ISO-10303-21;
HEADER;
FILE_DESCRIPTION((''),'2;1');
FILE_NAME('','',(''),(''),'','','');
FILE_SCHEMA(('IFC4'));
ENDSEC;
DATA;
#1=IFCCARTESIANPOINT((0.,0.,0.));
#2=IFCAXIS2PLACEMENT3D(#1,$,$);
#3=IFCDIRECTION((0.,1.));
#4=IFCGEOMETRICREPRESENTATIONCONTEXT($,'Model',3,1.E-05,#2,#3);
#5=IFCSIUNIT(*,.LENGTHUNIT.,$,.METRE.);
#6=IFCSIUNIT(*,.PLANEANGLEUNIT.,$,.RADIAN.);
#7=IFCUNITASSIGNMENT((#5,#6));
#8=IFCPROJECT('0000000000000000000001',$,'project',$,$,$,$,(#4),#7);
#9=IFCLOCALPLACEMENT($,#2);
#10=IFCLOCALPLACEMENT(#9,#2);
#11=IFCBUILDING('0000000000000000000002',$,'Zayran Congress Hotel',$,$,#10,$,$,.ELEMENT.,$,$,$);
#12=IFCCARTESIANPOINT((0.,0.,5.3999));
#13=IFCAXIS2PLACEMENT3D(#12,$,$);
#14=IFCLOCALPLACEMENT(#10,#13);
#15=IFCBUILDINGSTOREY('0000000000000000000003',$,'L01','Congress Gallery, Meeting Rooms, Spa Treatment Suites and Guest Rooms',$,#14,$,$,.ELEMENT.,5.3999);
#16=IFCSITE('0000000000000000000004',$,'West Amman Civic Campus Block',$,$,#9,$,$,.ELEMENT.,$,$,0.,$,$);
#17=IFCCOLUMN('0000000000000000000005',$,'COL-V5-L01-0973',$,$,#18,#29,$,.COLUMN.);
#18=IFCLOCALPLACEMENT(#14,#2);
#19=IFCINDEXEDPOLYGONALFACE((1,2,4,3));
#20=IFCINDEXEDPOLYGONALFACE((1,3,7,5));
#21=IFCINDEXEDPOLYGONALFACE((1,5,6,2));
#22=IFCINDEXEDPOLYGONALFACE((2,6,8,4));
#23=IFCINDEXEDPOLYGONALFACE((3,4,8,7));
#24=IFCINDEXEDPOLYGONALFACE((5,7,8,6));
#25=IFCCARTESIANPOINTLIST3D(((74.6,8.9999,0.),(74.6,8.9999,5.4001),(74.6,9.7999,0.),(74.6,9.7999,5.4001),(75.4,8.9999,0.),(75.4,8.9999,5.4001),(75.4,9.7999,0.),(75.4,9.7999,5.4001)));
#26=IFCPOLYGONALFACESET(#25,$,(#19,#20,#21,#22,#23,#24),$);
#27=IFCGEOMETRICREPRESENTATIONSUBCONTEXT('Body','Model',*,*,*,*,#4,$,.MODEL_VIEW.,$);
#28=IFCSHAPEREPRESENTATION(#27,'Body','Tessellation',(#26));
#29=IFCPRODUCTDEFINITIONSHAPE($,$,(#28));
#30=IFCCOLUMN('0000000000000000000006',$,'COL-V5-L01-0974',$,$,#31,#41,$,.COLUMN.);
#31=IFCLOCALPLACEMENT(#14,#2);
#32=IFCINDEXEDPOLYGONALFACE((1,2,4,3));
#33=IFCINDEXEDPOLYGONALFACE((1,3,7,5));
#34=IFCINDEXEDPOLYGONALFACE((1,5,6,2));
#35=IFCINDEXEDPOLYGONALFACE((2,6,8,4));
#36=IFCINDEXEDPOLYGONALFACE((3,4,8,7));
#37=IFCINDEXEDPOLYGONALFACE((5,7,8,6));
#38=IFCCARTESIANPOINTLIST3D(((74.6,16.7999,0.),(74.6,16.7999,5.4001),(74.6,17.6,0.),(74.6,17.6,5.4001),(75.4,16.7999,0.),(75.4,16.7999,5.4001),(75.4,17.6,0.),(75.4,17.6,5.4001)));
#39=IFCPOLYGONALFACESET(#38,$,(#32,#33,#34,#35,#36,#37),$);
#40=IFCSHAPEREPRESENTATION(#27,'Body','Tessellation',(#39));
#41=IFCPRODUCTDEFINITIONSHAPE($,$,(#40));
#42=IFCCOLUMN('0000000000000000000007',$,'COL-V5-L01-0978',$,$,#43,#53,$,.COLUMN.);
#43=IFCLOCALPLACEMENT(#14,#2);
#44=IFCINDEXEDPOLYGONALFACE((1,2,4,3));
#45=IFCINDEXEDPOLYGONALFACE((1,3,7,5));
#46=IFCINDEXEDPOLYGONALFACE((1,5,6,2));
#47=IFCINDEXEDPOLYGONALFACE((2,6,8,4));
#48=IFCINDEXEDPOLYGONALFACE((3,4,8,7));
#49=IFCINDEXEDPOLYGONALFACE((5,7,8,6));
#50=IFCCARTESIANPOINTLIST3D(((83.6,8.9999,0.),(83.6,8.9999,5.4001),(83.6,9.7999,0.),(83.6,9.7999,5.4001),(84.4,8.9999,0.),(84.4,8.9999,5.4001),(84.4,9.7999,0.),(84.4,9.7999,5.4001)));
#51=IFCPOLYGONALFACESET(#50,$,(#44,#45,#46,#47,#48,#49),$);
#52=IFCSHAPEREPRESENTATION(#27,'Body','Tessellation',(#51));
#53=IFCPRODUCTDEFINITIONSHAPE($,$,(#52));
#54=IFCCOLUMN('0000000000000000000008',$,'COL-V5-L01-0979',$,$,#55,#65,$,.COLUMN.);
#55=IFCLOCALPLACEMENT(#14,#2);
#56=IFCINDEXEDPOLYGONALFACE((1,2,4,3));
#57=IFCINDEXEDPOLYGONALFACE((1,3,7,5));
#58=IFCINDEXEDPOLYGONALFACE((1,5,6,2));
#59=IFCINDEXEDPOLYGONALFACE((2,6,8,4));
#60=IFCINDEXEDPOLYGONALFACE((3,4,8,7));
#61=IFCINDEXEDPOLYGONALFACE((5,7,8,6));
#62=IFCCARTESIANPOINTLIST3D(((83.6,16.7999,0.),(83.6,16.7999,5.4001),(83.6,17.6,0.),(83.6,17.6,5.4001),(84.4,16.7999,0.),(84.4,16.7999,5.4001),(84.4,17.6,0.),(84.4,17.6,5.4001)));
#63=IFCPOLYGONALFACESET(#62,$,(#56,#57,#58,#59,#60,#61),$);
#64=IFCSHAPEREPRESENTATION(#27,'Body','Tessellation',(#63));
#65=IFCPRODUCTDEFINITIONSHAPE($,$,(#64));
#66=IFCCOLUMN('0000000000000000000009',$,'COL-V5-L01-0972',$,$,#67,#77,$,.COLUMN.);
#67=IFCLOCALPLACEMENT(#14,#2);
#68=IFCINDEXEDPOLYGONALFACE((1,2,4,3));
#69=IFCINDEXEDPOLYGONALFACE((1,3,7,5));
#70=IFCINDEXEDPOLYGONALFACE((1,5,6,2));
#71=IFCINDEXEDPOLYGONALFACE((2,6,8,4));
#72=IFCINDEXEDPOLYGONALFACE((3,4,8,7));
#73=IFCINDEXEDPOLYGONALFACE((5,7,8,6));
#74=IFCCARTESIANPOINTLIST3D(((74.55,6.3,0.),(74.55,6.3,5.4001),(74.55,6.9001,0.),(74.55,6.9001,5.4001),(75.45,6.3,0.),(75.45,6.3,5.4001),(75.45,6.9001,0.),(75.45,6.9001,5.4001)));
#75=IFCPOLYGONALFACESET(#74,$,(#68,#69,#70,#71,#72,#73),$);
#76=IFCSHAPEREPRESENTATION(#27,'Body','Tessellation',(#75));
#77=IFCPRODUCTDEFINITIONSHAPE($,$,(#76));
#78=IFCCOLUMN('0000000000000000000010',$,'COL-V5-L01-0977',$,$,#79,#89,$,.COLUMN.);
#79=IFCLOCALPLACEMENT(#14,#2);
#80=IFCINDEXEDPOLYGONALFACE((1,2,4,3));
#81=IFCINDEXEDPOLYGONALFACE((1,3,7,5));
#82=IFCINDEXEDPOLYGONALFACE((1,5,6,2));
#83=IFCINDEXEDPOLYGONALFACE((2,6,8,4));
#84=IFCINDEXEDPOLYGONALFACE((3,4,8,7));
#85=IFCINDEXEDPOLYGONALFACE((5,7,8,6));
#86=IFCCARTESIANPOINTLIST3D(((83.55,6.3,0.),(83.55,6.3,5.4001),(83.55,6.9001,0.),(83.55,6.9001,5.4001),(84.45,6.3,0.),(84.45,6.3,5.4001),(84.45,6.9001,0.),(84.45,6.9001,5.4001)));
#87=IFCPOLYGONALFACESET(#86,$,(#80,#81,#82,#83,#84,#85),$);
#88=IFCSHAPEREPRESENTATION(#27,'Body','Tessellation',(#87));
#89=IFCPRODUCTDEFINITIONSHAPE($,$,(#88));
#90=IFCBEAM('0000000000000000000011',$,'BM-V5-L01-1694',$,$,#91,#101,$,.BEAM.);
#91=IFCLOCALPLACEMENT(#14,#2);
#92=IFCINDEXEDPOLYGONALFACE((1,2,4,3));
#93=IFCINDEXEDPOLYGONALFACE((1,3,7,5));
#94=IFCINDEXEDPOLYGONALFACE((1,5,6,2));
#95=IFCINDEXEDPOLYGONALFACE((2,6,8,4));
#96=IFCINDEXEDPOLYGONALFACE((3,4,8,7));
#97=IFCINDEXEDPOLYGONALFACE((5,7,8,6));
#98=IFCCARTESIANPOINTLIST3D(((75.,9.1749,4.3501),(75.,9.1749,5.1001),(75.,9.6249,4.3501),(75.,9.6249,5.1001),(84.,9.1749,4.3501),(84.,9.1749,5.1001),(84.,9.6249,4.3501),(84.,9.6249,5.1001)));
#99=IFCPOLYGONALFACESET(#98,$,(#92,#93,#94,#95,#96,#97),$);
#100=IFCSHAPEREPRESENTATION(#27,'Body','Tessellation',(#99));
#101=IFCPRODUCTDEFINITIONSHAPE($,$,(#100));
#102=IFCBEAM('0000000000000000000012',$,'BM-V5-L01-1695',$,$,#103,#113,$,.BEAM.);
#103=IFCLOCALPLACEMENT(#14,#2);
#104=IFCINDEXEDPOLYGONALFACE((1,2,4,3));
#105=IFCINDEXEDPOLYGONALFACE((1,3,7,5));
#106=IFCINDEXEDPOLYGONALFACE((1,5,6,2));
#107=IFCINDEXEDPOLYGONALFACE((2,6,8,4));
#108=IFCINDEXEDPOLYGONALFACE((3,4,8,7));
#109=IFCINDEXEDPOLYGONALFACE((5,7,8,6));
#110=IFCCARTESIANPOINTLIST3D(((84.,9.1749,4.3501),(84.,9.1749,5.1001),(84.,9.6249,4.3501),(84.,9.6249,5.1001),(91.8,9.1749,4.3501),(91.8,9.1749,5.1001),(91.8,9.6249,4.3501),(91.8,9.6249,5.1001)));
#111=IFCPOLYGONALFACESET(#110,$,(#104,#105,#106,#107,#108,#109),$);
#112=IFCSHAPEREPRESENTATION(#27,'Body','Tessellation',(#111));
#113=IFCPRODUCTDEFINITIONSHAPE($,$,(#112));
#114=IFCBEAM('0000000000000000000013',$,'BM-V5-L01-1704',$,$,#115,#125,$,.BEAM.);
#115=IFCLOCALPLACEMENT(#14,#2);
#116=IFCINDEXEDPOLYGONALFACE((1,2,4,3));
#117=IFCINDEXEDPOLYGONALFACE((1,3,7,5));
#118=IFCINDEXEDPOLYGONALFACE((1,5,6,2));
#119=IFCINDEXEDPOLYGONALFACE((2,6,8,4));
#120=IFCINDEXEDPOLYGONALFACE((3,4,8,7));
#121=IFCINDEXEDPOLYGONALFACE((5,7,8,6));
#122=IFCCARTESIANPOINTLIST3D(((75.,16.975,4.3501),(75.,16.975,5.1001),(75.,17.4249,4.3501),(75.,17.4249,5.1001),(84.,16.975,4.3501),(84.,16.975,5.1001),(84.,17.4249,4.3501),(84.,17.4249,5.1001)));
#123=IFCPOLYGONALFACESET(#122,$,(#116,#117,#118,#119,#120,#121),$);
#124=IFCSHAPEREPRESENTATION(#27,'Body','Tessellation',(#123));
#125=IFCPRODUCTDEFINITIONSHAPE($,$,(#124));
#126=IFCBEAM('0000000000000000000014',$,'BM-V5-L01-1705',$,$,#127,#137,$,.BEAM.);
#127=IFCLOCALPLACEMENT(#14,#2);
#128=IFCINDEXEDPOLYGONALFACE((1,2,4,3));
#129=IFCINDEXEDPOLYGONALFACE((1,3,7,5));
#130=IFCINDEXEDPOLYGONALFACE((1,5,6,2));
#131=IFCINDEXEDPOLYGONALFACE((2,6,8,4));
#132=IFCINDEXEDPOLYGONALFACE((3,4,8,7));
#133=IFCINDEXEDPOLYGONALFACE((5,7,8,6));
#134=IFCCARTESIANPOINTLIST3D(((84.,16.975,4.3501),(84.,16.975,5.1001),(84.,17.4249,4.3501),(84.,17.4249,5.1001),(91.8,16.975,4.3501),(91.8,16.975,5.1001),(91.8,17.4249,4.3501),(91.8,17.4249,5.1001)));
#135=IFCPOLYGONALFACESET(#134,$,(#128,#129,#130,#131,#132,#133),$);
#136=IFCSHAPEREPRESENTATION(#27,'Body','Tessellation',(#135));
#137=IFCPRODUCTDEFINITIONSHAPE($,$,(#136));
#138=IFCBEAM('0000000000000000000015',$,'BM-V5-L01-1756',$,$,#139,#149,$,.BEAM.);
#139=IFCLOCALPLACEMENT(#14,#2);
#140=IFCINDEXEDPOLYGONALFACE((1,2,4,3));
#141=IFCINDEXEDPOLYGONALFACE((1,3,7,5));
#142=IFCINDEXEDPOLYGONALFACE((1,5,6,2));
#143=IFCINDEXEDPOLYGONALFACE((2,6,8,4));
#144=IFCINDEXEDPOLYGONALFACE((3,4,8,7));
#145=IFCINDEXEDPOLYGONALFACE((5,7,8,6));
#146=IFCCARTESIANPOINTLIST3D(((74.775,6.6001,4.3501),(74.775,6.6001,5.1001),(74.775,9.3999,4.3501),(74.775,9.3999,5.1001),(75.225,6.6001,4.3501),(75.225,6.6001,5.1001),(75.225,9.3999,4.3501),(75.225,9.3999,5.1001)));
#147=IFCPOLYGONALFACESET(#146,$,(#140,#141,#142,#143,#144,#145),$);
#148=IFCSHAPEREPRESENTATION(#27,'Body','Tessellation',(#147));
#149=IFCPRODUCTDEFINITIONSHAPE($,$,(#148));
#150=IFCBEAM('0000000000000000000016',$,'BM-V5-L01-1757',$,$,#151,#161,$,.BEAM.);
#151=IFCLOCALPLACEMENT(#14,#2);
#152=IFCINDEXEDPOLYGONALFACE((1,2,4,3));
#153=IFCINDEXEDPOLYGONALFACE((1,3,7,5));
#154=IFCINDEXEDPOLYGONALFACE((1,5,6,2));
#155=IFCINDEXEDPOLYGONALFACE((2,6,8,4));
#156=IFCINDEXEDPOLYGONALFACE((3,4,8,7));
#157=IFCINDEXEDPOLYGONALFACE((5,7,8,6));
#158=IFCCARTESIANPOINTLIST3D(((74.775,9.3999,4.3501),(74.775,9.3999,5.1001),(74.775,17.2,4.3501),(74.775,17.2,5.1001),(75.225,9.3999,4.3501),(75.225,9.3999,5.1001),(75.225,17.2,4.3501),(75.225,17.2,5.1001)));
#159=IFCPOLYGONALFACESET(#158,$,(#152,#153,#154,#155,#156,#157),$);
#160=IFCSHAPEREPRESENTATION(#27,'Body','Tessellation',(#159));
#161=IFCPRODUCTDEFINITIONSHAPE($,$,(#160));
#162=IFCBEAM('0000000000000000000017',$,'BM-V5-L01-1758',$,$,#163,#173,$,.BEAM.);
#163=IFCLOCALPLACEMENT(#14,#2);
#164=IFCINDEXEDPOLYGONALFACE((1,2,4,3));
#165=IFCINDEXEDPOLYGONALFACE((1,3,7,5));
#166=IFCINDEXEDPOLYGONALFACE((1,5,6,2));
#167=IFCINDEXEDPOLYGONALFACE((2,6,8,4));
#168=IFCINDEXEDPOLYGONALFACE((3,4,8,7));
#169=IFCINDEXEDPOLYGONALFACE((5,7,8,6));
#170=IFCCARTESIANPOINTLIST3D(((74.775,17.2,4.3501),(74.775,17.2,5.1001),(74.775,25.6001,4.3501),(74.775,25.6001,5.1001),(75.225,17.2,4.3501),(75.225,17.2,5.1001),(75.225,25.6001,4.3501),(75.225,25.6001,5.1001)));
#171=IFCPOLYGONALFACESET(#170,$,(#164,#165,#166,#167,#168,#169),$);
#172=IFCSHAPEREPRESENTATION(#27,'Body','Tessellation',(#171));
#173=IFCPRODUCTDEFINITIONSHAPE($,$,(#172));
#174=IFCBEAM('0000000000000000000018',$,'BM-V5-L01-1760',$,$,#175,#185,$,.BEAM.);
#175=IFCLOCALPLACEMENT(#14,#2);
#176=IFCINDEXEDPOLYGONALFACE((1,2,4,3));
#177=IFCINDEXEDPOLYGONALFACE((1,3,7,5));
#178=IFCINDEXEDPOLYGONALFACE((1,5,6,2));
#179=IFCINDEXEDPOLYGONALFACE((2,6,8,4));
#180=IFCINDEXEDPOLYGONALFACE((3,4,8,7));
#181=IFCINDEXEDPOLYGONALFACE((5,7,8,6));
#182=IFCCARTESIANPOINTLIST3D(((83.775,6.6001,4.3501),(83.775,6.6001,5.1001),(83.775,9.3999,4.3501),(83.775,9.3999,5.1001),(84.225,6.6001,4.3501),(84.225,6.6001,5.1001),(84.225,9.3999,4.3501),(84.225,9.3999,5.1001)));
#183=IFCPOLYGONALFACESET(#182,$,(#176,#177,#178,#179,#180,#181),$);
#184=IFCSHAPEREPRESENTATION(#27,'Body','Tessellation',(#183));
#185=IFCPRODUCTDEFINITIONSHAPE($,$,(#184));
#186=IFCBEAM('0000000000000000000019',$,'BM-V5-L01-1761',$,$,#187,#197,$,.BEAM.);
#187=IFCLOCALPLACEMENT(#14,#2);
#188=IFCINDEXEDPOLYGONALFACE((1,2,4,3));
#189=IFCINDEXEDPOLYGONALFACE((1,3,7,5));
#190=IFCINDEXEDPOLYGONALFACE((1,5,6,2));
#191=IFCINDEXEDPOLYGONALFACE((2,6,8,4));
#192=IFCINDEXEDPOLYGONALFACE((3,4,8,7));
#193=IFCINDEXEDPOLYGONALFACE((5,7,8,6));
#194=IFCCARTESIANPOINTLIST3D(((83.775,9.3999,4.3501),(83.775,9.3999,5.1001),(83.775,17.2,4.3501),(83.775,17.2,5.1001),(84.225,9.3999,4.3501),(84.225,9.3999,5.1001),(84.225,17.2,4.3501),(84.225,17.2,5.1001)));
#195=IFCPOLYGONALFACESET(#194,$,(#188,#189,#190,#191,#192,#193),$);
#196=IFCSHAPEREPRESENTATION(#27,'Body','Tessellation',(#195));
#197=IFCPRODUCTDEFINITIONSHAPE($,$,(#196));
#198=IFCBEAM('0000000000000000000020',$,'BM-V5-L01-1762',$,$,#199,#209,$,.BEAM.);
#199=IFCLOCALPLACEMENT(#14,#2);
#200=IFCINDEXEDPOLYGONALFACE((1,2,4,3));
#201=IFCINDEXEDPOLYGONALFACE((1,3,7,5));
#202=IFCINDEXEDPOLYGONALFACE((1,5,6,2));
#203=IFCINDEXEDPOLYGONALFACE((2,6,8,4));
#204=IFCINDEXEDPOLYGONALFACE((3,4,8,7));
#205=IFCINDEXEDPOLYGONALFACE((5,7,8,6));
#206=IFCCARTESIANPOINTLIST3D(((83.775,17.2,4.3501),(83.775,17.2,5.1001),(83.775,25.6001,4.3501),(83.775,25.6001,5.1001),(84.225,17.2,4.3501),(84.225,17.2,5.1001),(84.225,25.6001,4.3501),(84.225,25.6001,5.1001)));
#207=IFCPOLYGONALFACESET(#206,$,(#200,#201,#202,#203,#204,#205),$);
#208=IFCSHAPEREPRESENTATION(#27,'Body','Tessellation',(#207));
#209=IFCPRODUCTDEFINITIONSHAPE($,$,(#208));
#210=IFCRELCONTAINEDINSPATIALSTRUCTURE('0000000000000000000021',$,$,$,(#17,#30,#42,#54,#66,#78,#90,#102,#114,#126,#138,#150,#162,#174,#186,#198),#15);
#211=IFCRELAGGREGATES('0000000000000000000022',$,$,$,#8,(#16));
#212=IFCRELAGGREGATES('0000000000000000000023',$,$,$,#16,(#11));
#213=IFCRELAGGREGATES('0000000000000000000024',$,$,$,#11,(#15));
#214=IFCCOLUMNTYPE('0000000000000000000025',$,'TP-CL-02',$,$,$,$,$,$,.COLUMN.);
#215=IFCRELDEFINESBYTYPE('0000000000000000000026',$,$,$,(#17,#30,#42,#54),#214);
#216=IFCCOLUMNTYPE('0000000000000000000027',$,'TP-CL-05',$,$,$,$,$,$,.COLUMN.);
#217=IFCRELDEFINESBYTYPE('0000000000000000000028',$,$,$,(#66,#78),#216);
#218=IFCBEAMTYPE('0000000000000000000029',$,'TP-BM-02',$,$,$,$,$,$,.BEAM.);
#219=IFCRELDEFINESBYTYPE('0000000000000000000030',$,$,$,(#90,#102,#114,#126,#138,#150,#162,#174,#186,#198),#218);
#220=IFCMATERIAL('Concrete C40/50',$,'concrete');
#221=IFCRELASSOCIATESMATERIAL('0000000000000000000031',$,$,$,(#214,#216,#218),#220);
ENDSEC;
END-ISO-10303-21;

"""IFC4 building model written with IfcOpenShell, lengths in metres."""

from ifc_helpers import new_model, si_unit, direction, frame, origin, origin_2d, place, context, subcontext, project, spatial, rectangle, extrude, material, material_profile, profile_set, type_object, element, save


model = new_model("IFC4")

# Units and contexts
model_context = context("Model", 3, precision=1e-05, world=origin(), true_north=direction((0.0, 1.0)))
body_context = subcontext(model_context, "Body", "Model", "MODEL_VIEW")
ifc_project = project(units=[si_unit("LENGTHUNIT", "METRE"), si_unit("PLANEANGLEUNIT", "RADIAN")], contexts=[model_context])

# Site, building, storey
site_placement = place(None, origin())
site = spatial("IfcSite", under=ifc_project, at=site_placement, Name="West Amman Civic Campus Block", CompositionType="ELEMENT", RefElevation=0.0)
building_placement = place(site_placement, origin())
building = spatial("IfcBuilding", under=site, at=building_placement, Name="Zayran Congress Hotel", CompositionType="ELEMENT")
storey_placement = place(building_placement, frame((0.0, 0.0, 5.3999)))
storey = spatial("IfcBuildingStorey", under=building, at=storey_placement, Name="L01", Description="Congress Gallery, Meeting Rooms, Spa Treatment Suites and Guest Rooms", CompositionType="ELEMENT", Elevation=5.3999)

# Columns
ifc_material_1 = material(Name="Concrete C40/50", Category="concrete")
ifc_material_profile_1 = material_profile(ifc_material_1, rectangle(XDim=0.8, YDim=0.8, at=origin_2d()), Name="RC 800x800")
ifc_profile_set_1 = profile_set([ifc_material_profile_1], Name="Concrete C40/50")
column_type_1 = type_object("IfcColumnType", Name="TP-CL-02", PredefinedType="COLUMN", material=ifc_profile_set_1)
for number, where, z_axis, x_axis, name in (
    (1, (75.0, 9.3999, 0.0), (0.0, 0.0, 1.0), (1.0, 0.0, 0.0), "COL-V5-L01-0973"),
    (2, (75.0, 17.2, 0.0), (0.0, 0.0, 1.0), (1.0, 0.0, 0.0), "COL-V5-L01-0974"),
    (3, (84.0, 9.3999, 0.0), (0.0, 0.0, 1.0), (1.0, 0.0, 0.0), "COL-V5-L01-0978"),
    (4, (84.0, 17.2, 0.0), (0.0, 0.0, 1.0), (1.0, 0.0, 0.0), "COL-V5-L01-0979"),
):
    element("IfcColumn", number, at=place(storey_placement, frame(where, z_axis=z_axis, x_axis=x_axis)), inside=storey, type_object=column_type_1, Name=name, PredefinedType="COLUMN", context=body_context, shape_type="SweptSolid", body=[
        extrude(rectangle(XDim=0.8, YDim=0.8, at=origin_2d()), origin(), (0.0, 0.0, 1.0), 5.4001),
    ])
ifc_material_profile_2 = material_profile(ifc_material_1, rectangle(XDim=0.6001, YDim=0.8999, at=origin_2d()), Name="RC 900x600")
ifc_profile_set_2 = profile_set([ifc_material_profile_2], Name="Concrete C40/50")
column_type_2 = type_object("IfcColumnType", Name="TP-CL-05", PredefinedType="COLUMN", material=ifc_profile_set_2)
for number, where, z_axis, x_axis, name in (
    (5, (75.0, 6.6001, 0.0), (0.0, 0.0, 1.0), (0.0, 1.0, 0.0), "COL-V5-L01-0972"),
    (6, (84.0, 6.6001, 0.0), (0.0, 0.0, 1.0), (0.0, 1.0, 0.0), "COL-V5-L01-0977"),
):
    element("IfcColumn", number, at=place(storey_placement, frame(where, z_axis=z_axis, x_axis=x_axis)), inside=storey, type_object=column_type_2, Name=name, PredefinedType="COLUMN", context=body_context, shape_type="SweptSolid", body=[
        extrude(rectangle(XDim=0.6001, YDim=0.8999, at=origin_2d()), origin(), (0.0, 0.0, 1.0), 5.4001),
    ])

# Beams
ifc_material_profile_3 = material_profile(ifc_material_1, rectangle(XDim=0.45, YDim=0.75, at=origin_2d()), Name="RC 450x750")
ifc_profile_set_3 = profile_set([ifc_material_profile_3], Name="Concrete C40/50")
beam_type_1 = type_object("IfcBeamType", Name="TP-BM-02", PredefinedType="BEAM", material=ifc_profile_set_3)
beam_1_placement = place(storey_placement, frame((75.0, 9.3999, 4.7251), z_axis=(1.0, 0.0, 0.0), x_axis=(0.0, 1.0, 0.0)))
element("IfcBeam", 7, at=beam_1_placement, inside=storey, type_object=beam_type_1, Name="BM-V5-L01-1694", PredefinedType="BEAM", context=body_context, shape_type="SweptSolid", body=[
    extrude(rectangle(XDim=0.45, YDim=0.75, at=origin_2d()), origin(), (0.0, 0.0, 1.0), 9.0),
])
beam_2_placement = place(storey_placement, frame((84.0, 9.3999, 4.7251), z_axis=(1.0, 0.0, 0.0), x_axis=(0.0, 1.0, 0.0)))
element("IfcBeam", 8, at=beam_2_placement, inside=storey, type_object=beam_type_1, Name="BM-V5-L01-1695", PredefinedType="BEAM", context=body_context, shape_type="SweptSolid", body=[
    extrude(rectangle(XDim=0.45, YDim=0.75, at=origin_2d()), origin(), (0.0, 0.0, 1.0), 7.8),
])
beam_3_placement = place(storey_placement, frame((75.0, 17.2, 4.7251), z_axis=(1.0, 0.0, 0.0), x_axis=(0.0, 1.0, 0.0)))
element("IfcBeam", 9, at=beam_3_placement, inside=storey, type_object=beam_type_1, Name="BM-V5-L01-1704", PredefinedType="BEAM", context=body_context, shape_type="SweptSolid", body=[
    extrude(rectangle(XDim=0.45, YDim=0.75, at=origin_2d()), origin(), (0.0, 0.0, 1.0), 9.0),
])
beam_4_placement = place(storey_placement, frame((84.0, 17.2, 4.7251), z_axis=(1.0, 0.0, 0.0), x_axis=(0.0, 1.0, 0.0)))
element("IfcBeam", 10, at=beam_4_placement, inside=storey, type_object=beam_type_1, Name="BM-V5-L01-1705", PredefinedType="BEAM", context=body_context, shape_type="SweptSolid", body=[
    extrude(rectangle(XDim=0.45, YDim=0.75, at=origin_2d()), origin(), (0.0, 0.0, 1.0), 7.8),
])
beam_5_placement = place(storey_placement, frame((75.0, 6.6001, 4.7251), z_axis=(0.0, 1.0, 0.0), x_axis=(-1.0, 0.0, 0.0)))
element("IfcBeam", 11, at=beam_5_placement, inside=storey, type_object=beam_type_1, Name="BM-V5-L01-1756", PredefinedType="BEAM", context=body_context, shape_type="SweptSolid", body=[
    extrude(rectangle(XDim=0.45, YDim=0.75, at=origin_2d()), origin(), (0.0, 0.0, 1.0), 2.7998),
])
beam_6_placement = place(storey_placement, frame((75.0, 9.3999, 4.7251), z_axis=(0.0, 1.0, 0.0), x_axis=(-1.0, 0.0, 0.0)))
element("IfcBeam", 12, at=beam_6_placement, inside=storey, type_object=beam_type_1, Name="BM-V5-L01-1757", PredefinedType="BEAM", context=body_context, shape_type="SweptSolid", body=[
    extrude(rectangle(XDim=0.45, YDim=0.75, at=origin_2d()), origin(), (0.0, 0.0, 1.0), 7.8),
])
beam_7_placement = place(storey_placement, frame((75.0, 17.2, 4.7251), z_axis=(0.0, 1.0, 0.0), x_axis=(-1.0, 0.0, 0.0)))
element("IfcBeam", 13, at=beam_7_placement, inside=storey, type_object=beam_type_1, Name="BM-V5-L01-1758", PredefinedType="BEAM", context=body_context, shape_type="SweptSolid", body=[
    extrude(rectangle(XDim=0.45, YDim=0.75, at=origin_2d()), origin(), (0.0, 0.0, 1.0), 8.4001),
])
beam_8_placement = place(storey_placement, frame((84.0, 6.6001, 4.7251), z_axis=(0.0, 1.0, 0.0), x_axis=(-1.0, 0.0, 0.0)))
element("IfcBeam", 14, at=beam_8_placement, inside=storey, type_object=beam_type_1, Name="BM-V5-L01-1760", PredefinedType="BEAM", context=body_context, shape_type="SweptSolid", body=[
    extrude(rectangle(XDim=0.45, YDim=0.75, at=origin_2d()), origin(), (0.0, 0.0, 1.0), 2.7998),
])
beam_9_placement = place(storey_placement, frame((84.0, 9.3999, 4.7251), z_axis=(0.0, 1.0, 0.0), x_axis=(-1.0, 0.0, 0.0)))
element("IfcBeam", 15, at=beam_9_placement, inside=storey, type_object=beam_type_1, Name="BM-V5-L01-1761", PredefinedType="BEAM", context=body_context, shape_type="SweptSolid", body=[
    extrude(rectangle(XDim=0.45, YDim=0.75, at=origin_2d()), origin(), (0.0, 0.0, 1.0), 7.8),
])
beam_10_placement = place(storey_placement, frame((84.0, 17.2, 4.7251), z_axis=(0.0, 1.0, 0.0), x_axis=(-1.0, 0.0, 0.0)))
element("IfcBeam", 16, at=beam_10_placement, inside=storey, type_object=beam_type_1, Name="BM-V5-L01-1762", PredefinedType="BEAM", context=body_context, shape_type="SweptSolid", body=[
    extrude(rectangle(XDim=0.45, YDim=0.75, at=origin_2d()), origin(), (0.0, 0.0, 1.0), 8.4001),
])

save(model, "model.ifc")
